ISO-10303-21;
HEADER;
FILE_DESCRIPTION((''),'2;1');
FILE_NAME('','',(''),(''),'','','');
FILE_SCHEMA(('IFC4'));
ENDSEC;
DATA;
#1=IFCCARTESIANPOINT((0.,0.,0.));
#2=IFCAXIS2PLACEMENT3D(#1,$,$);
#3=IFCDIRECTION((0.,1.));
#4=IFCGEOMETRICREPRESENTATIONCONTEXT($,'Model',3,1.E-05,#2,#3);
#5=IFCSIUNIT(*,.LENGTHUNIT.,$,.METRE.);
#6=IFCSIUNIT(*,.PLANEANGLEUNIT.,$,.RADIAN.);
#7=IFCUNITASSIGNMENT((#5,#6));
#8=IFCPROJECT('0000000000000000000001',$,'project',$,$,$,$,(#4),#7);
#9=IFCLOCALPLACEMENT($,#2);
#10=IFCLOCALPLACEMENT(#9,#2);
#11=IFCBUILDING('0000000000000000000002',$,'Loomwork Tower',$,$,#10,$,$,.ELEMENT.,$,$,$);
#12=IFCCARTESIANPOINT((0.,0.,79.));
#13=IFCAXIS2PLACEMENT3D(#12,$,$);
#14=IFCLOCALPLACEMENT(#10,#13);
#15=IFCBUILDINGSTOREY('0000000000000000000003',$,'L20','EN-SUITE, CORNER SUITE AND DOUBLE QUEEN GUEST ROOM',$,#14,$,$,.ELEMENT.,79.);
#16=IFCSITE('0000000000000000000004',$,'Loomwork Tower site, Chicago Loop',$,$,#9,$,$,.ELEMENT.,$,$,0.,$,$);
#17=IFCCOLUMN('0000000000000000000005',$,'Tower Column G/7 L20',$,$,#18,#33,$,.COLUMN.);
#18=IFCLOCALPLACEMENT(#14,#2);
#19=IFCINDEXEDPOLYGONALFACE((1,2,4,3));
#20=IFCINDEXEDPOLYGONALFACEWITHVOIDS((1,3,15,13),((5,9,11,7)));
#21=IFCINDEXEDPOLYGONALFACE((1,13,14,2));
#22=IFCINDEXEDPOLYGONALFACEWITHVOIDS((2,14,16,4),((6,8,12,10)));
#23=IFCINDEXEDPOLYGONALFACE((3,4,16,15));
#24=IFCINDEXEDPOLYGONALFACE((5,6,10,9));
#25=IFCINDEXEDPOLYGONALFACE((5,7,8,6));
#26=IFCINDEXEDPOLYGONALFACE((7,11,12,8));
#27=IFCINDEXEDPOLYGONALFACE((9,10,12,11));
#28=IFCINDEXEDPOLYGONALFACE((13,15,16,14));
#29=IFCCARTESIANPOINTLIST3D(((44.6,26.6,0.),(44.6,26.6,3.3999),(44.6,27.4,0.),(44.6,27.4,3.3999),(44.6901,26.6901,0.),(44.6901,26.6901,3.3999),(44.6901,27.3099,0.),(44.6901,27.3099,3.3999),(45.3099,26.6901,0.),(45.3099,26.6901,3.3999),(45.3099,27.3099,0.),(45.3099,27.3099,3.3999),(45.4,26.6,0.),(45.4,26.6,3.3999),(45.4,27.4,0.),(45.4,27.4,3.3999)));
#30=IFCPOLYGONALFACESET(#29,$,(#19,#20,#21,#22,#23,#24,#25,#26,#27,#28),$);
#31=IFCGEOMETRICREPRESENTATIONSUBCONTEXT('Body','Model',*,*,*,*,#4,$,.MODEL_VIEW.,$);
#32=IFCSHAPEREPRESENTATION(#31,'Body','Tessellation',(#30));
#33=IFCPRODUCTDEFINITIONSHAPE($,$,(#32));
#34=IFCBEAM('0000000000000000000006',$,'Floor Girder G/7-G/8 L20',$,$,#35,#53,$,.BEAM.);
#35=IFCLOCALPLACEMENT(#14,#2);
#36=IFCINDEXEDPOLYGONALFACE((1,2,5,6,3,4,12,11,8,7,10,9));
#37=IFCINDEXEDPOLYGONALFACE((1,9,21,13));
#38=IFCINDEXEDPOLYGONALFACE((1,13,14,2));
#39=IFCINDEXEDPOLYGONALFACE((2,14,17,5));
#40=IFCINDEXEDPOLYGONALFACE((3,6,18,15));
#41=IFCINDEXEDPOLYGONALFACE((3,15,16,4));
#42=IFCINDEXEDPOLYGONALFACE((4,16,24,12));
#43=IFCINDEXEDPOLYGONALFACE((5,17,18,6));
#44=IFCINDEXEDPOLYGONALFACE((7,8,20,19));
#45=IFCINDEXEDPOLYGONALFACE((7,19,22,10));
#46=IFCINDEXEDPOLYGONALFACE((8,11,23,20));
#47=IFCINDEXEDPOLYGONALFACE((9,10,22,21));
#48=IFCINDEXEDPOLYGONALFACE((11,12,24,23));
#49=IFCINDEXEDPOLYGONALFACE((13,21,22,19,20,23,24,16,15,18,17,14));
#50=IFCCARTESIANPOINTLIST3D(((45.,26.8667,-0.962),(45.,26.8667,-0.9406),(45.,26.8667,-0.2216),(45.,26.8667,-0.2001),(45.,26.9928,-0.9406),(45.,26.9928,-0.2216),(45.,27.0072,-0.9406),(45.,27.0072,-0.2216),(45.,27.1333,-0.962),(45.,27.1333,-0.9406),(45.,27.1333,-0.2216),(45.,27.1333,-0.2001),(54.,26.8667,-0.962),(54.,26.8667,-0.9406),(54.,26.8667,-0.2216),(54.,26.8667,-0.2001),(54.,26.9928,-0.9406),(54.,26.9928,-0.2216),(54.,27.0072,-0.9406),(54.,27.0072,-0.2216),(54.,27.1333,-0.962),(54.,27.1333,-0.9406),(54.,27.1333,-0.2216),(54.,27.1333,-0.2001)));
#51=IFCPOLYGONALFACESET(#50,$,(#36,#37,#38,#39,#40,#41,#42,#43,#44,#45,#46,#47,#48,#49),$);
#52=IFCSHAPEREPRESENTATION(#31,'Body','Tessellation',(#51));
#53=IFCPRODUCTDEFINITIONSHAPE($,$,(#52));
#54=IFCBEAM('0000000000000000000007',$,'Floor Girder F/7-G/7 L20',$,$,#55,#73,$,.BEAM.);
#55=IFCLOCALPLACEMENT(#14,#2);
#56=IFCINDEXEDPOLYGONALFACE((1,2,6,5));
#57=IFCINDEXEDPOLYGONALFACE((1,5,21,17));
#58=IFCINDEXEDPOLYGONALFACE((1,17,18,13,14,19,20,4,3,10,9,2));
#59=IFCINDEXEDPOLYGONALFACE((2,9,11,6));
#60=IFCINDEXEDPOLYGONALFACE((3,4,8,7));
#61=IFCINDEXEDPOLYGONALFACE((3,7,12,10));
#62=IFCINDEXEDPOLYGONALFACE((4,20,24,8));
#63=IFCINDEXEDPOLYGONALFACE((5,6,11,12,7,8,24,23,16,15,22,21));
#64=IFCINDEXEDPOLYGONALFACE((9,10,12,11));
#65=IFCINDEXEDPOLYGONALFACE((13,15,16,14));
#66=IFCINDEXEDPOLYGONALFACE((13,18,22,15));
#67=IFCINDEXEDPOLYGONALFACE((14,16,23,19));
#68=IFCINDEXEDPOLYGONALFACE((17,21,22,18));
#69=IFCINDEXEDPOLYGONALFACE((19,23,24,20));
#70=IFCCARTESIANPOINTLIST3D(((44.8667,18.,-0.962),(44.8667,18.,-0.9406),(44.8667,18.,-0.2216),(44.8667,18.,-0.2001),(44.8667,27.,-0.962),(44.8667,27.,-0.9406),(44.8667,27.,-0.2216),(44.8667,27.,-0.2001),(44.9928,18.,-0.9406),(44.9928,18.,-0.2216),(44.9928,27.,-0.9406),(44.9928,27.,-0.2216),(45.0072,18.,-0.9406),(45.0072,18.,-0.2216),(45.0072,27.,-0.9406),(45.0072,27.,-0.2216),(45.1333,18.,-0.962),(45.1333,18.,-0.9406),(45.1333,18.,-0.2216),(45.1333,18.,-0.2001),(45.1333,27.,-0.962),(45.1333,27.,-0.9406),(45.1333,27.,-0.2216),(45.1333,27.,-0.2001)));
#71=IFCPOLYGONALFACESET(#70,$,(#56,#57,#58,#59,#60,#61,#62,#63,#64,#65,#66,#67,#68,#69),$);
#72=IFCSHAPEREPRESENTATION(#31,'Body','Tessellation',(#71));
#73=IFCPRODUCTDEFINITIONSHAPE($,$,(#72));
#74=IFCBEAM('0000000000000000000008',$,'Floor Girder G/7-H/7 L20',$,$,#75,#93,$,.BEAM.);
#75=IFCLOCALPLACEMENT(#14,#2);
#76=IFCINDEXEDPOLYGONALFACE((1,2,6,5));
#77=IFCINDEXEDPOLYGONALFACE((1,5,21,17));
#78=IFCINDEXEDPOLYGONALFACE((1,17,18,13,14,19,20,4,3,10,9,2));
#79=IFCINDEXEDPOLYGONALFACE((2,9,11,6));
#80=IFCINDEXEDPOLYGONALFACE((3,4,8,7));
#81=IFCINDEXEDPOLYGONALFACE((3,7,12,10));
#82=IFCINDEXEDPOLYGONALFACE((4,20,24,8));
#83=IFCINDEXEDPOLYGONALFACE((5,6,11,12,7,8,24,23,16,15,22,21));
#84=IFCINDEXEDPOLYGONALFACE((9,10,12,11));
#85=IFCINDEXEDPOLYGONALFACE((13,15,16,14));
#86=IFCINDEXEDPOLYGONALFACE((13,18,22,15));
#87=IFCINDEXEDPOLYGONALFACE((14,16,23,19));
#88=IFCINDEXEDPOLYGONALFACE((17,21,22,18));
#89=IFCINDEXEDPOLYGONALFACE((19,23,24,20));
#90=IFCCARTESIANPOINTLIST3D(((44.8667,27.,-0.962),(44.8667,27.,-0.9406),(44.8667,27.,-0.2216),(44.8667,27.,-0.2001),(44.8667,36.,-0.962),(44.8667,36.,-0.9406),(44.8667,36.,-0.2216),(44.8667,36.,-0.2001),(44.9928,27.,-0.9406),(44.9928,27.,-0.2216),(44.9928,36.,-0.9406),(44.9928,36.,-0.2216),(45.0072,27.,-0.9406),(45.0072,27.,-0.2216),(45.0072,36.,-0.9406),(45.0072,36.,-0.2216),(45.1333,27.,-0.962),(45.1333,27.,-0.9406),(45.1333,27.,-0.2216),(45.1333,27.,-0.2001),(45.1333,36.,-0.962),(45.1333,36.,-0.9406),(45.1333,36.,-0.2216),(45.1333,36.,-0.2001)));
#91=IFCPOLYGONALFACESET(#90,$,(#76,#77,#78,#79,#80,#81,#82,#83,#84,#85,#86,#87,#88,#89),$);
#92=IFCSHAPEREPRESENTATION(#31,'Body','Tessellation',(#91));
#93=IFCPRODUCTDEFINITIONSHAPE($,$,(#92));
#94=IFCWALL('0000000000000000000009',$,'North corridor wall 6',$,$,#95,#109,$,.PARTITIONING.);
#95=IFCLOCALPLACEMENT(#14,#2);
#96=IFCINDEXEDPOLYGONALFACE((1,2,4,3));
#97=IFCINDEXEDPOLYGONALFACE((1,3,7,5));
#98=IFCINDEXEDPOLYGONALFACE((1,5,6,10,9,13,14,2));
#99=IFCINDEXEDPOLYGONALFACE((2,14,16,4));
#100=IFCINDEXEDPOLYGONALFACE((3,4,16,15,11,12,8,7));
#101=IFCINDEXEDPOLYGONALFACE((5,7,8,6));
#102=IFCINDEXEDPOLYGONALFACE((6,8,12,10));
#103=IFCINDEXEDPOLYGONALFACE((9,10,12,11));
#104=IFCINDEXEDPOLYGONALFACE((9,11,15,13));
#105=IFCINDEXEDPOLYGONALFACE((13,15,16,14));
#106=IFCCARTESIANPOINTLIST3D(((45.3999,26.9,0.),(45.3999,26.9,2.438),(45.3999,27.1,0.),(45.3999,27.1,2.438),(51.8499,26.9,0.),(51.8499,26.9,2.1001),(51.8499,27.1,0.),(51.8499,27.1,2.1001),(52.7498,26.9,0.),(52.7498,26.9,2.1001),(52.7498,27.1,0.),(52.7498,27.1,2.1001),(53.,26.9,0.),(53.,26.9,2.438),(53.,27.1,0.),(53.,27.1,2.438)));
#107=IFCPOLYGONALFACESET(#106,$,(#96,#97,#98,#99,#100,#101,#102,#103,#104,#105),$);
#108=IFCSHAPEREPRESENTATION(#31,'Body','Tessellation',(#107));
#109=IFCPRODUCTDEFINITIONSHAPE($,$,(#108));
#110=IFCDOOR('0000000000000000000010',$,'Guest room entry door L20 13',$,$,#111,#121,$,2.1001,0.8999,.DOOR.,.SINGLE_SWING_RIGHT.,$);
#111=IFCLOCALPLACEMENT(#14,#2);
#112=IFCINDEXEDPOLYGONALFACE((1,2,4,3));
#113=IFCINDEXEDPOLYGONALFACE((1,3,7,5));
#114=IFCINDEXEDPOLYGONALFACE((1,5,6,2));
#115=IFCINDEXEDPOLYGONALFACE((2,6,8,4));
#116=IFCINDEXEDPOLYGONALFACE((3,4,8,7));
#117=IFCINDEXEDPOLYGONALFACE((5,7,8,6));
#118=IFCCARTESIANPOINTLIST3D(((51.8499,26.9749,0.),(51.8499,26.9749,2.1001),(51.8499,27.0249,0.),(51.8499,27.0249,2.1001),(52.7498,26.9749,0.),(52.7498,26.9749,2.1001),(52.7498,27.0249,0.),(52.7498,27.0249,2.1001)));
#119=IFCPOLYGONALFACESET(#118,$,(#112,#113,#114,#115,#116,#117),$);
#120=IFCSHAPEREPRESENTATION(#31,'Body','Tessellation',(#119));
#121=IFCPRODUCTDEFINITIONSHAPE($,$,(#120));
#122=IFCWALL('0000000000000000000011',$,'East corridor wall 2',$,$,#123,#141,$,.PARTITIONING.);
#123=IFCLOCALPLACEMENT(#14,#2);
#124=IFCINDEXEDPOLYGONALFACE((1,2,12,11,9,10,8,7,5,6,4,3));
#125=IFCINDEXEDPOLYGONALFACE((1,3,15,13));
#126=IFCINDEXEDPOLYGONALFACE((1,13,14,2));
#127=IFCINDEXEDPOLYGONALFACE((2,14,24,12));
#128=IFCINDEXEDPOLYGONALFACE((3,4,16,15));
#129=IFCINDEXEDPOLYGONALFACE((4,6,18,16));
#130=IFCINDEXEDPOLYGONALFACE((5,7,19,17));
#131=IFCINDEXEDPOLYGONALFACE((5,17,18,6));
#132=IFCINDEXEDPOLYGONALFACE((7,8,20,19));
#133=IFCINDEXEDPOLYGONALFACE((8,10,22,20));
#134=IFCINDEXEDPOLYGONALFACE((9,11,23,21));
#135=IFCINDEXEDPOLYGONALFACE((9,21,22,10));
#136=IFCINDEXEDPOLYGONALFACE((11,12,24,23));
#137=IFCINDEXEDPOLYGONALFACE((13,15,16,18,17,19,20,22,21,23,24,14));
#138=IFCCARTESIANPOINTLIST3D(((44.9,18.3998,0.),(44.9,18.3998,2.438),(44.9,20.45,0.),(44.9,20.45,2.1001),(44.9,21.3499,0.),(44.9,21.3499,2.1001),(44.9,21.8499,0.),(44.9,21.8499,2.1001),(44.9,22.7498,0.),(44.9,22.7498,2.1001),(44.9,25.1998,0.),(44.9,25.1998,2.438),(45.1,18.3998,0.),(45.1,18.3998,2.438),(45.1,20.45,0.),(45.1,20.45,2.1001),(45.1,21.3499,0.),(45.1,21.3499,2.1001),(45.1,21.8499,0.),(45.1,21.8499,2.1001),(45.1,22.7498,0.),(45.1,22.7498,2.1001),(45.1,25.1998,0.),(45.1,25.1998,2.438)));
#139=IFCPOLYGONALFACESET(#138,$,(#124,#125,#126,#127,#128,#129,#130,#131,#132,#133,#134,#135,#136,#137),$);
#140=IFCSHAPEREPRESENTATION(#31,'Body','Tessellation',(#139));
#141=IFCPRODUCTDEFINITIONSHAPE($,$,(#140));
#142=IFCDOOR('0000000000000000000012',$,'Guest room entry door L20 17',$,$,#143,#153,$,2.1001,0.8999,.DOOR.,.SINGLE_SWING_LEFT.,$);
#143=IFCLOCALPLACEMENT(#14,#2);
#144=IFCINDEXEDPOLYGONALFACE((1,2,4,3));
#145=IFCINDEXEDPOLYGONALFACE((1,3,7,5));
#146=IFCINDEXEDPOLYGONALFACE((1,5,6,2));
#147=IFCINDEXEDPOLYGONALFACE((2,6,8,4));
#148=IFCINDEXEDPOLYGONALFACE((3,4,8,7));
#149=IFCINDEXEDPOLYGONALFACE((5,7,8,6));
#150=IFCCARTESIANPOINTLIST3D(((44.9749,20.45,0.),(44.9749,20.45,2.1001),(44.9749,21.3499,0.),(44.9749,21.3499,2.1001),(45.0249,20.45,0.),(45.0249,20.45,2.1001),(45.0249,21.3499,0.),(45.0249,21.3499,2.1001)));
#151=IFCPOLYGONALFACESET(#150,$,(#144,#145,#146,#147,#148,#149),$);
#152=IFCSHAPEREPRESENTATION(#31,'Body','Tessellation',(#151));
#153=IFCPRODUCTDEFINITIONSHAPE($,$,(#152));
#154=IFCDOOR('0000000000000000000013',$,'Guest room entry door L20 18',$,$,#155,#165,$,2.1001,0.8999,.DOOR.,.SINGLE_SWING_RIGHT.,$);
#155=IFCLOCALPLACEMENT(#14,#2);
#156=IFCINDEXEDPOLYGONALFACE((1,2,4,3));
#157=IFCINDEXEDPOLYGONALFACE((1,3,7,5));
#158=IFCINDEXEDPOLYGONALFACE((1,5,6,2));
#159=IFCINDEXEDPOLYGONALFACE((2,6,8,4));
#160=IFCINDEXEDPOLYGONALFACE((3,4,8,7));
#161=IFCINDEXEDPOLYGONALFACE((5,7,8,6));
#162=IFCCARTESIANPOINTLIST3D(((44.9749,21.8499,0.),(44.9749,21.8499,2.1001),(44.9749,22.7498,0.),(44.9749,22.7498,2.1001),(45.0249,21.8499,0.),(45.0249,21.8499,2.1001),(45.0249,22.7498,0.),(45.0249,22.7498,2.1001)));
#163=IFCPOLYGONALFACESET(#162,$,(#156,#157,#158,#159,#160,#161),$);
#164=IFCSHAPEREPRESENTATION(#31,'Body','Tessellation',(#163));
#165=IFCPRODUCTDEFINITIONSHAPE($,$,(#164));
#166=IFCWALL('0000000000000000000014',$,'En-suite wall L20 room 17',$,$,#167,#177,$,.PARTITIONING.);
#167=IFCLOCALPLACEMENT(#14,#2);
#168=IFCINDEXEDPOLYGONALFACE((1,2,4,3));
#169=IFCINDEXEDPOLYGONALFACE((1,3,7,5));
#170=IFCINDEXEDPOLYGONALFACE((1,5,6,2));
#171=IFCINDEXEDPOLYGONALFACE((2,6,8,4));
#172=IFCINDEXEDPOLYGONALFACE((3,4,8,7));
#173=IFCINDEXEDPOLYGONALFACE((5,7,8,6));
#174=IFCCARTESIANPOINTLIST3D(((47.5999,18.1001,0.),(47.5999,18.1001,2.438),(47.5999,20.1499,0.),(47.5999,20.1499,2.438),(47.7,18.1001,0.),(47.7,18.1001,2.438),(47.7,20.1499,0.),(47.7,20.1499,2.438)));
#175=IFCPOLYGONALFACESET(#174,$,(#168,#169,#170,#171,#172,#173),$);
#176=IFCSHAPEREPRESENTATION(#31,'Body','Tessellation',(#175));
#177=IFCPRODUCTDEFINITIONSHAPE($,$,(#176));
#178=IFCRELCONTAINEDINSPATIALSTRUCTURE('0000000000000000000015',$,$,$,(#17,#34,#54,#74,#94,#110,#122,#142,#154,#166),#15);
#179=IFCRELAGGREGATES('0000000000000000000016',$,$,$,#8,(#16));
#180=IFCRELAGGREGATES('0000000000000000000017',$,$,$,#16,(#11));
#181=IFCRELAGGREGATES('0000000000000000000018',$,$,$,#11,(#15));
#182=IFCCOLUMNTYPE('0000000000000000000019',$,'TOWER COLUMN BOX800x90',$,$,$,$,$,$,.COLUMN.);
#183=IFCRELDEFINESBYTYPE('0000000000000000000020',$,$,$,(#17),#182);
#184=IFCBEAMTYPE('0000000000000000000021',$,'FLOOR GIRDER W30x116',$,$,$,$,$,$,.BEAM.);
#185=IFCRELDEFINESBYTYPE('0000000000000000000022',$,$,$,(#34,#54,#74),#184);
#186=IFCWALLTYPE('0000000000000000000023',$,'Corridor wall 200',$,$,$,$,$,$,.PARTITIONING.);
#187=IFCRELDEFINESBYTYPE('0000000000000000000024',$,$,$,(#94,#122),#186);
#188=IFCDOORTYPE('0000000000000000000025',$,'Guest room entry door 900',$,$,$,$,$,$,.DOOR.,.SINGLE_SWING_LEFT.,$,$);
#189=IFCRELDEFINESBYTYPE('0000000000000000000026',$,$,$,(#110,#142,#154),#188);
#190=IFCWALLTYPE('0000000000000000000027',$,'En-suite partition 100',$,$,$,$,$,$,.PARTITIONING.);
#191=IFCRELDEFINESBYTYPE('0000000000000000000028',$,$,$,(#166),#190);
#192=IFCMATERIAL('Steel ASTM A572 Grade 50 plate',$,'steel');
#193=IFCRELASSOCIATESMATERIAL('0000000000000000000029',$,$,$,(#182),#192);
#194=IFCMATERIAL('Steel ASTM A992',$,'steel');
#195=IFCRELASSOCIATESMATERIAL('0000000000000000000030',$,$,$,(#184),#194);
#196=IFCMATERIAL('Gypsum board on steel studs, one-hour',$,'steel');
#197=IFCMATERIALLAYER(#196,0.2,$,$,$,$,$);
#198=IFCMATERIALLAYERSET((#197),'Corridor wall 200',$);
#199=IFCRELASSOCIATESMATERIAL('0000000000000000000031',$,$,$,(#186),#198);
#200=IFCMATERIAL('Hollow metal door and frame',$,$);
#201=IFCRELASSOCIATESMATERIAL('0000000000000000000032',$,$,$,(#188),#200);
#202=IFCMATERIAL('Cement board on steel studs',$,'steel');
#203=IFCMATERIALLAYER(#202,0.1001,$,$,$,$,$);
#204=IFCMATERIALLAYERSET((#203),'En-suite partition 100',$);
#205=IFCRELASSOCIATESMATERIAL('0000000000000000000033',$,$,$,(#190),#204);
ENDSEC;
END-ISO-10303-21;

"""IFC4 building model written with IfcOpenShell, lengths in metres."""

from ifc_helpers import new_model, si_unit, direction, frame, frame_2d, origin, origin_2d, place, context, subcontext, project, spatial, rectangle, hollow_rectangle, i_section, extrude, material, layer, layer_set, material_profile, profile_set, type_object, element, fill, save


model = new_model("IFC4")

# Units and contexts
model_context = context("Model", 3, precision=1e-05, world=origin(), true_north=direction((0.0, 1.0)))
body_context = subcontext(model_context, "Body", "Model", "MODEL_VIEW")
ifc_project = project(units=[si_unit("LENGTHUNIT", "METRE"), si_unit("PLANEANGLEUNIT", "RADIAN")], contexts=[model_context])

# Site, building, storey
site_placement = place(None, origin())
site = spatial("IfcSite", under=ifc_project, at=site_placement, Name="Loomwork Tower site, Chicago Loop", CompositionType="ELEMENT", RefElevation=0.0)
building_placement = place(site_placement, origin())
building = spatial("IfcBuilding", under=site, at=building_placement, Name="Loomwork Tower", CompositionType="ELEMENT")
storey_placement = place(building_placement, frame((0.0, 0.0, 79.0)))
storey = spatial("IfcBuildingStorey", under=building, at=storey_placement, Name="L20", Description="EN-SUITE, CORNER SUITE AND DOUBLE QUEEN GUEST ROOM", CompositionType="ELEMENT", Elevation=79.0)

# Column
ifc_material_1 = material(Name="Steel ASTM A572 Grade 50 plate", Category="steel")
ifc_material_profile_1 = material_profile(ifc_material_1, hollow_rectangle(XDim=0.8, YDim=0.8, WallThickness=0.0901, at=origin_2d()), Name="BOX800x90")
ifc_profile_set_1 = profile_set([ifc_material_profile_1], Name="Steel ASTM A572 Grade 50 plate")
column_type = type_object("IfcColumnType", Name="TOWER COLUMN BOX800x90", PredefinedType="COLUMN", material=ifc_profile_set_1)
column_placement = place(storey_placement, frame((45.0, 27.0, 0.0), z_axis=(0.0, 0.0, 1.0), x_axis=(0.0, 1.0, 0.0)))
element("IfcColumn", 1, at=column_placement, inside=storey, type_object=column_type, Name="Tower Column G/7 L20", PredefinedType="COLUMN", context=body_context, shape_type="SweptSolid", body=[
    extrude(hollow_rectangle(XDim=0.8, YDim=0.8, WallThickness=0.0901, at=origin_2d()), origin(), (0.0, 0.0, 1.0), 3.3999),
])

# Beams
ifc_material_2 = material(Name="Steel ASTM A992", Category="steel")
ifc_material_profile_2 = material_profile(ifc_material_2, i_section(OverallWidth=0.2666, OverallDepth=0.762, WebThickness=0.0144, FlangeThickness=0.0215, at=origin_2d()), Name="W30x116")
ifc_profile_set_2 = profile_set([ifc_material_profile_2], Name="Steel ASTM A992")
beam_type = type_object("IfcBeamType", Name="FLOOR GIRDER W30x116", PredefinedType="BEAM", material=ifc_profile_set_2)
for number, where, z_axis, x_axis, name in (
    (2, (45.0, 27.0, -0.5811), (1.0, 0.0, 0.0), (0.0, 1.0, 0.0), "Floor Girder G/7-G/8 L20"),
    (3, (45.0, 18.0, -0.5811), (0.0, 1.0, 0.0), (-1.0, 0.0, 0.0), "Floor Girder F/7-G/7 L20"),
    (4, (45.0, 27.0, -0.5811), (0.0, 1.0, 0.0), (-1.0, 0.0, 0.0), "Floor Girder G/7-H/7 L20"),
):
    element("IfcBeam", number, at=place(storey_placement, frame(where, z_axis=z_axis, x_axis=x_axis)), inside=storey, type_object=beam_type, Name=name, PredefinedType="BEAM", context=body_context, shape_type="SweptSolid", body=[
        extrude(i_section(OverallWidth=0.2666, OverallDepth=0.762, WebThickness=0.0144, FlangeThickness=0.0215, at=origin_2d()), origin(), (0.0, 0.0, 1.0), 9.0),
    ])

# Wall, opening, door
ifc_material_3 = material(Name="Gypsum board on steel studs, one-hour", Category="steel")
ifc_layer_1 = layer(ifc_material_3, 0.2)
ifc_layer_set_1 = layer_set([ifc_layer_1], Name="Corridor wall 200")
wall_type_1 = type_object("IfcWallType", Name="Corridor wall 200", PredefinedType="PARTITIONING", material=ifc_layer_set_1)
wall_1_placement = place(storey_placement, frame((45.3999, 27.0, 0.0), z_axis=(0.0, 0.0, 1.0), x_axis=(1.0, 0.0, 0.0)))
wall_1 = element("IfcWall", 5, at=wall_1_placement, inside=storey, type_object=wall_type_1, Name="North corridor wall 6", PredefinedType="PARTITIONING", context=body_context, shape_type="SweptSolid", body=[
    extrude(rectangle(XDim=7.6001, YDim=0.2, at=frame_2d((3.8, 0.0))), origin(), (0.0, 0.0, 1.0), 2.438),
])
opening_1_placement = place(wall_1_placement, frame((6.45, 0.0, 0.0)))
opening_1 = element("IfcOpeningElement", 6, at=opening_1_placement, cuts=wall_1, PredefinedType="OPENING", context=body_context, shape_type="SweptSolid", body=[
    extrude(rectangle(XDim=0.8999, YDim=2.1001, at=frame_2d((0.45, 1.05))), frame((0.0, 0.1099, 0.0), z_axis=(0.0, -1.0, 0.0), x_axis=(1.0, 0.0, 0.0)), (0.0, 0.0, 1.0), 0.22),
])
ifc_material_4 = material(Name="Hollow metal door and frame")
door_type_1 = type_object("IfcDoorType", Name="Guest room entry door 900", OperationType="SINGLE_SWING_LEFT", PredefinedType="DOOR", material=ifc_material_4)
door_1_placement = place(opening_1_placement, origin())
door_1 = element("IfcDoor", 7, at=door_1_placement, inside=storey, type_object=door_type_1, Name="Guest room entry door L20 13", OperationType="SINGLE_SWING_RIGHT", OverallHeight=2.1001, OverallWidth=0.8999, PredefinedType="DOOR", context=body_context, shape_type="SweptSolid", body=[
    extrude(rectangle(XDim=0.8999, YDim=2.1001, at=frame_2d((0.45, 1.05))), frame((0.0, 0.0249, 0.0), z_axis=(0.0, -1.0, 0.0), x_axis=(1.0, 0.0, 0.0)), (0.0, 0.0, 1.0), 0.05),
])
fill(opening_1, door_1)

# Wall, openings, doors
wall_2_placement = place(storey_placement, frame((45.0, 18.3999, 0.0), z_axis=(0.0, 0.0, 1.0), x_axis=(0.0, 1.0, 0.0)))
wall_2 = element("IfcWall", 8, at=wall_2_placement, inside=storey, type_object=wall_type_1, Name="East corridor wall 2", PredefinedType="PARTITIONING", context=body_context, shape_type="SweptSolid", body=[
    extrude(rectangle(XDim=6.8, YDim=0.2, at=frame_2d((3.3999, 0.0))), origin(), (0.0, 0.0, 1.0), 2.438),
])
opening_2_placement = place(wall_2_placement, frame((2.05, 0.0, 0.0)))
opening_2 = element("IfcOpeningElement", 9, at=opening_2_placement, cuts=wall_2, PredefinedType="OPENING", context=body_context, shape_type="SweptSolid", body=[
    extrude(rectangle(XDim=0.8999, YDim=2.1001, at=frame_2d((0.45, 1.05))), frame((0.0, 0.1099, 0.0), z_axis=(0.0, -1.0, 0.0), x_axis=(1.0, 0.0, 0.0)), (0.0, 0.0, 1.0), 0.22),
])
opening_3_placement = place(wall_2_placement, frame((3.45, 0.0, 0.0)))
opening_3 = element("IfcOpeningElement", 10, at=opening_3_placement, cuts=wall_2, PredefinedType="OPENING", context=body_context, shape_type="SweptSolid", body=[
    extrude(rectangle(XDim=0.8999, YDim=2.1001, at=frame_2d((0.45, 1.05))), frame((0.0, 0.1099, 0.0), z_axis=(0.0, -1.0, 0.0), x_axis=(1.0, 0.0, 0.0)), (0.0, 0.0, 1.0), 0.22),
])
door_2_placement = place(opening_2_placement, frame((0.8999, 0.0, 0.0), z_axis=(0.0, 0.0, 1.0), x_axis=(-1.0, 0.0, 0.0)))
door_2 = element("IfcDoor", 11, at=door_2_placement, inside=storey, type_object=door_type_1, Name="Guest room entry door L20 17", OperationType="SINGLE_SWING_LEFT", OverallHeight=2.1001, OverallWidth=0.8999, PredefinedType="DOOR", context=body_context, shape_type="SweptSolid", body=[
    extrude(rectangle(XDim=0.8999, YDim=2.1001, at=frame_2d((0.45, 1.05))), frame((0.0, 0.0249, 0.0), z_axis=(0.0, -1.0, 0.0), x_axis=(1.0, 0.0, 0.0)), (0.0, 0.0, 1.0), 0.05),
])
fill(opening_2, door_2)
door_3_placement = place(opening_3_placement, frame((0.8999, 0.0, 0.0), z_axis=(0.0, 0.0, 1.0), x_axis=(-1.0, 0.0, 0.0)))
door_3 = element("IfcDoor", 12, at=door_3_placement, inside=storey, type_object=door_type_1, Name="Guest room entry door L20 18", OperationType="SINGLE_SWING_RIGHT", OverallHeight=2.1001, OverallWidth=0.8999, PredefinedType="DOOR", context=body_context, shape_type="SweptSolid", body=[
    extrude(rectangle(XDim=0.8999, YDim=2.1001, at=frame_2d((0.45, 1.05))), frame((0.0, 0.0249, 0.0), z_axis=(0.0, -1.0, 0.0), x_axis=(1.0, 0.0, 0.0)), (0.0, 0.0, 1.0), 0.05),
])
fill(opening_3, door_3)

# Wall
ifc_material_5 = material(Name="Cement board on steel studs", Category="steel")
ifc_layer_2 = layer(ifc_material_5, 0.1001)
ifc_layer_set_2 = layer_set([ifc_layer_2], Name="En-suite partition 100")
wall_type_2 = type_object("IfcWallType", Name="En-suite partition 100", PredefinedType="PARTITIONING", material=ifc_layer_set_2)
wall_3_placement = place(storey_placement, frame((47.6499, 18.1001, 0.0), z_axis=(0.0, 0.0, 1.0), x_axis=(0.0, 1.0, 0.0)))
element("IfcWall", 13, at=wall_3_placement, inside=storey, type_object=wall_type_2, Name="En-suite wall L20 room 17", PredefinedType="PARTITIONING", context=body_context, shape_type="SweptSolid", body=[
    extrude(rectangle(XDim=2.0498, YDim=0.1001, at=frame_2d((1.0249, 0.0))), origin(), (0.0, 0.0, 1.0), 2.438),
])

save(model, "model.ifc")
